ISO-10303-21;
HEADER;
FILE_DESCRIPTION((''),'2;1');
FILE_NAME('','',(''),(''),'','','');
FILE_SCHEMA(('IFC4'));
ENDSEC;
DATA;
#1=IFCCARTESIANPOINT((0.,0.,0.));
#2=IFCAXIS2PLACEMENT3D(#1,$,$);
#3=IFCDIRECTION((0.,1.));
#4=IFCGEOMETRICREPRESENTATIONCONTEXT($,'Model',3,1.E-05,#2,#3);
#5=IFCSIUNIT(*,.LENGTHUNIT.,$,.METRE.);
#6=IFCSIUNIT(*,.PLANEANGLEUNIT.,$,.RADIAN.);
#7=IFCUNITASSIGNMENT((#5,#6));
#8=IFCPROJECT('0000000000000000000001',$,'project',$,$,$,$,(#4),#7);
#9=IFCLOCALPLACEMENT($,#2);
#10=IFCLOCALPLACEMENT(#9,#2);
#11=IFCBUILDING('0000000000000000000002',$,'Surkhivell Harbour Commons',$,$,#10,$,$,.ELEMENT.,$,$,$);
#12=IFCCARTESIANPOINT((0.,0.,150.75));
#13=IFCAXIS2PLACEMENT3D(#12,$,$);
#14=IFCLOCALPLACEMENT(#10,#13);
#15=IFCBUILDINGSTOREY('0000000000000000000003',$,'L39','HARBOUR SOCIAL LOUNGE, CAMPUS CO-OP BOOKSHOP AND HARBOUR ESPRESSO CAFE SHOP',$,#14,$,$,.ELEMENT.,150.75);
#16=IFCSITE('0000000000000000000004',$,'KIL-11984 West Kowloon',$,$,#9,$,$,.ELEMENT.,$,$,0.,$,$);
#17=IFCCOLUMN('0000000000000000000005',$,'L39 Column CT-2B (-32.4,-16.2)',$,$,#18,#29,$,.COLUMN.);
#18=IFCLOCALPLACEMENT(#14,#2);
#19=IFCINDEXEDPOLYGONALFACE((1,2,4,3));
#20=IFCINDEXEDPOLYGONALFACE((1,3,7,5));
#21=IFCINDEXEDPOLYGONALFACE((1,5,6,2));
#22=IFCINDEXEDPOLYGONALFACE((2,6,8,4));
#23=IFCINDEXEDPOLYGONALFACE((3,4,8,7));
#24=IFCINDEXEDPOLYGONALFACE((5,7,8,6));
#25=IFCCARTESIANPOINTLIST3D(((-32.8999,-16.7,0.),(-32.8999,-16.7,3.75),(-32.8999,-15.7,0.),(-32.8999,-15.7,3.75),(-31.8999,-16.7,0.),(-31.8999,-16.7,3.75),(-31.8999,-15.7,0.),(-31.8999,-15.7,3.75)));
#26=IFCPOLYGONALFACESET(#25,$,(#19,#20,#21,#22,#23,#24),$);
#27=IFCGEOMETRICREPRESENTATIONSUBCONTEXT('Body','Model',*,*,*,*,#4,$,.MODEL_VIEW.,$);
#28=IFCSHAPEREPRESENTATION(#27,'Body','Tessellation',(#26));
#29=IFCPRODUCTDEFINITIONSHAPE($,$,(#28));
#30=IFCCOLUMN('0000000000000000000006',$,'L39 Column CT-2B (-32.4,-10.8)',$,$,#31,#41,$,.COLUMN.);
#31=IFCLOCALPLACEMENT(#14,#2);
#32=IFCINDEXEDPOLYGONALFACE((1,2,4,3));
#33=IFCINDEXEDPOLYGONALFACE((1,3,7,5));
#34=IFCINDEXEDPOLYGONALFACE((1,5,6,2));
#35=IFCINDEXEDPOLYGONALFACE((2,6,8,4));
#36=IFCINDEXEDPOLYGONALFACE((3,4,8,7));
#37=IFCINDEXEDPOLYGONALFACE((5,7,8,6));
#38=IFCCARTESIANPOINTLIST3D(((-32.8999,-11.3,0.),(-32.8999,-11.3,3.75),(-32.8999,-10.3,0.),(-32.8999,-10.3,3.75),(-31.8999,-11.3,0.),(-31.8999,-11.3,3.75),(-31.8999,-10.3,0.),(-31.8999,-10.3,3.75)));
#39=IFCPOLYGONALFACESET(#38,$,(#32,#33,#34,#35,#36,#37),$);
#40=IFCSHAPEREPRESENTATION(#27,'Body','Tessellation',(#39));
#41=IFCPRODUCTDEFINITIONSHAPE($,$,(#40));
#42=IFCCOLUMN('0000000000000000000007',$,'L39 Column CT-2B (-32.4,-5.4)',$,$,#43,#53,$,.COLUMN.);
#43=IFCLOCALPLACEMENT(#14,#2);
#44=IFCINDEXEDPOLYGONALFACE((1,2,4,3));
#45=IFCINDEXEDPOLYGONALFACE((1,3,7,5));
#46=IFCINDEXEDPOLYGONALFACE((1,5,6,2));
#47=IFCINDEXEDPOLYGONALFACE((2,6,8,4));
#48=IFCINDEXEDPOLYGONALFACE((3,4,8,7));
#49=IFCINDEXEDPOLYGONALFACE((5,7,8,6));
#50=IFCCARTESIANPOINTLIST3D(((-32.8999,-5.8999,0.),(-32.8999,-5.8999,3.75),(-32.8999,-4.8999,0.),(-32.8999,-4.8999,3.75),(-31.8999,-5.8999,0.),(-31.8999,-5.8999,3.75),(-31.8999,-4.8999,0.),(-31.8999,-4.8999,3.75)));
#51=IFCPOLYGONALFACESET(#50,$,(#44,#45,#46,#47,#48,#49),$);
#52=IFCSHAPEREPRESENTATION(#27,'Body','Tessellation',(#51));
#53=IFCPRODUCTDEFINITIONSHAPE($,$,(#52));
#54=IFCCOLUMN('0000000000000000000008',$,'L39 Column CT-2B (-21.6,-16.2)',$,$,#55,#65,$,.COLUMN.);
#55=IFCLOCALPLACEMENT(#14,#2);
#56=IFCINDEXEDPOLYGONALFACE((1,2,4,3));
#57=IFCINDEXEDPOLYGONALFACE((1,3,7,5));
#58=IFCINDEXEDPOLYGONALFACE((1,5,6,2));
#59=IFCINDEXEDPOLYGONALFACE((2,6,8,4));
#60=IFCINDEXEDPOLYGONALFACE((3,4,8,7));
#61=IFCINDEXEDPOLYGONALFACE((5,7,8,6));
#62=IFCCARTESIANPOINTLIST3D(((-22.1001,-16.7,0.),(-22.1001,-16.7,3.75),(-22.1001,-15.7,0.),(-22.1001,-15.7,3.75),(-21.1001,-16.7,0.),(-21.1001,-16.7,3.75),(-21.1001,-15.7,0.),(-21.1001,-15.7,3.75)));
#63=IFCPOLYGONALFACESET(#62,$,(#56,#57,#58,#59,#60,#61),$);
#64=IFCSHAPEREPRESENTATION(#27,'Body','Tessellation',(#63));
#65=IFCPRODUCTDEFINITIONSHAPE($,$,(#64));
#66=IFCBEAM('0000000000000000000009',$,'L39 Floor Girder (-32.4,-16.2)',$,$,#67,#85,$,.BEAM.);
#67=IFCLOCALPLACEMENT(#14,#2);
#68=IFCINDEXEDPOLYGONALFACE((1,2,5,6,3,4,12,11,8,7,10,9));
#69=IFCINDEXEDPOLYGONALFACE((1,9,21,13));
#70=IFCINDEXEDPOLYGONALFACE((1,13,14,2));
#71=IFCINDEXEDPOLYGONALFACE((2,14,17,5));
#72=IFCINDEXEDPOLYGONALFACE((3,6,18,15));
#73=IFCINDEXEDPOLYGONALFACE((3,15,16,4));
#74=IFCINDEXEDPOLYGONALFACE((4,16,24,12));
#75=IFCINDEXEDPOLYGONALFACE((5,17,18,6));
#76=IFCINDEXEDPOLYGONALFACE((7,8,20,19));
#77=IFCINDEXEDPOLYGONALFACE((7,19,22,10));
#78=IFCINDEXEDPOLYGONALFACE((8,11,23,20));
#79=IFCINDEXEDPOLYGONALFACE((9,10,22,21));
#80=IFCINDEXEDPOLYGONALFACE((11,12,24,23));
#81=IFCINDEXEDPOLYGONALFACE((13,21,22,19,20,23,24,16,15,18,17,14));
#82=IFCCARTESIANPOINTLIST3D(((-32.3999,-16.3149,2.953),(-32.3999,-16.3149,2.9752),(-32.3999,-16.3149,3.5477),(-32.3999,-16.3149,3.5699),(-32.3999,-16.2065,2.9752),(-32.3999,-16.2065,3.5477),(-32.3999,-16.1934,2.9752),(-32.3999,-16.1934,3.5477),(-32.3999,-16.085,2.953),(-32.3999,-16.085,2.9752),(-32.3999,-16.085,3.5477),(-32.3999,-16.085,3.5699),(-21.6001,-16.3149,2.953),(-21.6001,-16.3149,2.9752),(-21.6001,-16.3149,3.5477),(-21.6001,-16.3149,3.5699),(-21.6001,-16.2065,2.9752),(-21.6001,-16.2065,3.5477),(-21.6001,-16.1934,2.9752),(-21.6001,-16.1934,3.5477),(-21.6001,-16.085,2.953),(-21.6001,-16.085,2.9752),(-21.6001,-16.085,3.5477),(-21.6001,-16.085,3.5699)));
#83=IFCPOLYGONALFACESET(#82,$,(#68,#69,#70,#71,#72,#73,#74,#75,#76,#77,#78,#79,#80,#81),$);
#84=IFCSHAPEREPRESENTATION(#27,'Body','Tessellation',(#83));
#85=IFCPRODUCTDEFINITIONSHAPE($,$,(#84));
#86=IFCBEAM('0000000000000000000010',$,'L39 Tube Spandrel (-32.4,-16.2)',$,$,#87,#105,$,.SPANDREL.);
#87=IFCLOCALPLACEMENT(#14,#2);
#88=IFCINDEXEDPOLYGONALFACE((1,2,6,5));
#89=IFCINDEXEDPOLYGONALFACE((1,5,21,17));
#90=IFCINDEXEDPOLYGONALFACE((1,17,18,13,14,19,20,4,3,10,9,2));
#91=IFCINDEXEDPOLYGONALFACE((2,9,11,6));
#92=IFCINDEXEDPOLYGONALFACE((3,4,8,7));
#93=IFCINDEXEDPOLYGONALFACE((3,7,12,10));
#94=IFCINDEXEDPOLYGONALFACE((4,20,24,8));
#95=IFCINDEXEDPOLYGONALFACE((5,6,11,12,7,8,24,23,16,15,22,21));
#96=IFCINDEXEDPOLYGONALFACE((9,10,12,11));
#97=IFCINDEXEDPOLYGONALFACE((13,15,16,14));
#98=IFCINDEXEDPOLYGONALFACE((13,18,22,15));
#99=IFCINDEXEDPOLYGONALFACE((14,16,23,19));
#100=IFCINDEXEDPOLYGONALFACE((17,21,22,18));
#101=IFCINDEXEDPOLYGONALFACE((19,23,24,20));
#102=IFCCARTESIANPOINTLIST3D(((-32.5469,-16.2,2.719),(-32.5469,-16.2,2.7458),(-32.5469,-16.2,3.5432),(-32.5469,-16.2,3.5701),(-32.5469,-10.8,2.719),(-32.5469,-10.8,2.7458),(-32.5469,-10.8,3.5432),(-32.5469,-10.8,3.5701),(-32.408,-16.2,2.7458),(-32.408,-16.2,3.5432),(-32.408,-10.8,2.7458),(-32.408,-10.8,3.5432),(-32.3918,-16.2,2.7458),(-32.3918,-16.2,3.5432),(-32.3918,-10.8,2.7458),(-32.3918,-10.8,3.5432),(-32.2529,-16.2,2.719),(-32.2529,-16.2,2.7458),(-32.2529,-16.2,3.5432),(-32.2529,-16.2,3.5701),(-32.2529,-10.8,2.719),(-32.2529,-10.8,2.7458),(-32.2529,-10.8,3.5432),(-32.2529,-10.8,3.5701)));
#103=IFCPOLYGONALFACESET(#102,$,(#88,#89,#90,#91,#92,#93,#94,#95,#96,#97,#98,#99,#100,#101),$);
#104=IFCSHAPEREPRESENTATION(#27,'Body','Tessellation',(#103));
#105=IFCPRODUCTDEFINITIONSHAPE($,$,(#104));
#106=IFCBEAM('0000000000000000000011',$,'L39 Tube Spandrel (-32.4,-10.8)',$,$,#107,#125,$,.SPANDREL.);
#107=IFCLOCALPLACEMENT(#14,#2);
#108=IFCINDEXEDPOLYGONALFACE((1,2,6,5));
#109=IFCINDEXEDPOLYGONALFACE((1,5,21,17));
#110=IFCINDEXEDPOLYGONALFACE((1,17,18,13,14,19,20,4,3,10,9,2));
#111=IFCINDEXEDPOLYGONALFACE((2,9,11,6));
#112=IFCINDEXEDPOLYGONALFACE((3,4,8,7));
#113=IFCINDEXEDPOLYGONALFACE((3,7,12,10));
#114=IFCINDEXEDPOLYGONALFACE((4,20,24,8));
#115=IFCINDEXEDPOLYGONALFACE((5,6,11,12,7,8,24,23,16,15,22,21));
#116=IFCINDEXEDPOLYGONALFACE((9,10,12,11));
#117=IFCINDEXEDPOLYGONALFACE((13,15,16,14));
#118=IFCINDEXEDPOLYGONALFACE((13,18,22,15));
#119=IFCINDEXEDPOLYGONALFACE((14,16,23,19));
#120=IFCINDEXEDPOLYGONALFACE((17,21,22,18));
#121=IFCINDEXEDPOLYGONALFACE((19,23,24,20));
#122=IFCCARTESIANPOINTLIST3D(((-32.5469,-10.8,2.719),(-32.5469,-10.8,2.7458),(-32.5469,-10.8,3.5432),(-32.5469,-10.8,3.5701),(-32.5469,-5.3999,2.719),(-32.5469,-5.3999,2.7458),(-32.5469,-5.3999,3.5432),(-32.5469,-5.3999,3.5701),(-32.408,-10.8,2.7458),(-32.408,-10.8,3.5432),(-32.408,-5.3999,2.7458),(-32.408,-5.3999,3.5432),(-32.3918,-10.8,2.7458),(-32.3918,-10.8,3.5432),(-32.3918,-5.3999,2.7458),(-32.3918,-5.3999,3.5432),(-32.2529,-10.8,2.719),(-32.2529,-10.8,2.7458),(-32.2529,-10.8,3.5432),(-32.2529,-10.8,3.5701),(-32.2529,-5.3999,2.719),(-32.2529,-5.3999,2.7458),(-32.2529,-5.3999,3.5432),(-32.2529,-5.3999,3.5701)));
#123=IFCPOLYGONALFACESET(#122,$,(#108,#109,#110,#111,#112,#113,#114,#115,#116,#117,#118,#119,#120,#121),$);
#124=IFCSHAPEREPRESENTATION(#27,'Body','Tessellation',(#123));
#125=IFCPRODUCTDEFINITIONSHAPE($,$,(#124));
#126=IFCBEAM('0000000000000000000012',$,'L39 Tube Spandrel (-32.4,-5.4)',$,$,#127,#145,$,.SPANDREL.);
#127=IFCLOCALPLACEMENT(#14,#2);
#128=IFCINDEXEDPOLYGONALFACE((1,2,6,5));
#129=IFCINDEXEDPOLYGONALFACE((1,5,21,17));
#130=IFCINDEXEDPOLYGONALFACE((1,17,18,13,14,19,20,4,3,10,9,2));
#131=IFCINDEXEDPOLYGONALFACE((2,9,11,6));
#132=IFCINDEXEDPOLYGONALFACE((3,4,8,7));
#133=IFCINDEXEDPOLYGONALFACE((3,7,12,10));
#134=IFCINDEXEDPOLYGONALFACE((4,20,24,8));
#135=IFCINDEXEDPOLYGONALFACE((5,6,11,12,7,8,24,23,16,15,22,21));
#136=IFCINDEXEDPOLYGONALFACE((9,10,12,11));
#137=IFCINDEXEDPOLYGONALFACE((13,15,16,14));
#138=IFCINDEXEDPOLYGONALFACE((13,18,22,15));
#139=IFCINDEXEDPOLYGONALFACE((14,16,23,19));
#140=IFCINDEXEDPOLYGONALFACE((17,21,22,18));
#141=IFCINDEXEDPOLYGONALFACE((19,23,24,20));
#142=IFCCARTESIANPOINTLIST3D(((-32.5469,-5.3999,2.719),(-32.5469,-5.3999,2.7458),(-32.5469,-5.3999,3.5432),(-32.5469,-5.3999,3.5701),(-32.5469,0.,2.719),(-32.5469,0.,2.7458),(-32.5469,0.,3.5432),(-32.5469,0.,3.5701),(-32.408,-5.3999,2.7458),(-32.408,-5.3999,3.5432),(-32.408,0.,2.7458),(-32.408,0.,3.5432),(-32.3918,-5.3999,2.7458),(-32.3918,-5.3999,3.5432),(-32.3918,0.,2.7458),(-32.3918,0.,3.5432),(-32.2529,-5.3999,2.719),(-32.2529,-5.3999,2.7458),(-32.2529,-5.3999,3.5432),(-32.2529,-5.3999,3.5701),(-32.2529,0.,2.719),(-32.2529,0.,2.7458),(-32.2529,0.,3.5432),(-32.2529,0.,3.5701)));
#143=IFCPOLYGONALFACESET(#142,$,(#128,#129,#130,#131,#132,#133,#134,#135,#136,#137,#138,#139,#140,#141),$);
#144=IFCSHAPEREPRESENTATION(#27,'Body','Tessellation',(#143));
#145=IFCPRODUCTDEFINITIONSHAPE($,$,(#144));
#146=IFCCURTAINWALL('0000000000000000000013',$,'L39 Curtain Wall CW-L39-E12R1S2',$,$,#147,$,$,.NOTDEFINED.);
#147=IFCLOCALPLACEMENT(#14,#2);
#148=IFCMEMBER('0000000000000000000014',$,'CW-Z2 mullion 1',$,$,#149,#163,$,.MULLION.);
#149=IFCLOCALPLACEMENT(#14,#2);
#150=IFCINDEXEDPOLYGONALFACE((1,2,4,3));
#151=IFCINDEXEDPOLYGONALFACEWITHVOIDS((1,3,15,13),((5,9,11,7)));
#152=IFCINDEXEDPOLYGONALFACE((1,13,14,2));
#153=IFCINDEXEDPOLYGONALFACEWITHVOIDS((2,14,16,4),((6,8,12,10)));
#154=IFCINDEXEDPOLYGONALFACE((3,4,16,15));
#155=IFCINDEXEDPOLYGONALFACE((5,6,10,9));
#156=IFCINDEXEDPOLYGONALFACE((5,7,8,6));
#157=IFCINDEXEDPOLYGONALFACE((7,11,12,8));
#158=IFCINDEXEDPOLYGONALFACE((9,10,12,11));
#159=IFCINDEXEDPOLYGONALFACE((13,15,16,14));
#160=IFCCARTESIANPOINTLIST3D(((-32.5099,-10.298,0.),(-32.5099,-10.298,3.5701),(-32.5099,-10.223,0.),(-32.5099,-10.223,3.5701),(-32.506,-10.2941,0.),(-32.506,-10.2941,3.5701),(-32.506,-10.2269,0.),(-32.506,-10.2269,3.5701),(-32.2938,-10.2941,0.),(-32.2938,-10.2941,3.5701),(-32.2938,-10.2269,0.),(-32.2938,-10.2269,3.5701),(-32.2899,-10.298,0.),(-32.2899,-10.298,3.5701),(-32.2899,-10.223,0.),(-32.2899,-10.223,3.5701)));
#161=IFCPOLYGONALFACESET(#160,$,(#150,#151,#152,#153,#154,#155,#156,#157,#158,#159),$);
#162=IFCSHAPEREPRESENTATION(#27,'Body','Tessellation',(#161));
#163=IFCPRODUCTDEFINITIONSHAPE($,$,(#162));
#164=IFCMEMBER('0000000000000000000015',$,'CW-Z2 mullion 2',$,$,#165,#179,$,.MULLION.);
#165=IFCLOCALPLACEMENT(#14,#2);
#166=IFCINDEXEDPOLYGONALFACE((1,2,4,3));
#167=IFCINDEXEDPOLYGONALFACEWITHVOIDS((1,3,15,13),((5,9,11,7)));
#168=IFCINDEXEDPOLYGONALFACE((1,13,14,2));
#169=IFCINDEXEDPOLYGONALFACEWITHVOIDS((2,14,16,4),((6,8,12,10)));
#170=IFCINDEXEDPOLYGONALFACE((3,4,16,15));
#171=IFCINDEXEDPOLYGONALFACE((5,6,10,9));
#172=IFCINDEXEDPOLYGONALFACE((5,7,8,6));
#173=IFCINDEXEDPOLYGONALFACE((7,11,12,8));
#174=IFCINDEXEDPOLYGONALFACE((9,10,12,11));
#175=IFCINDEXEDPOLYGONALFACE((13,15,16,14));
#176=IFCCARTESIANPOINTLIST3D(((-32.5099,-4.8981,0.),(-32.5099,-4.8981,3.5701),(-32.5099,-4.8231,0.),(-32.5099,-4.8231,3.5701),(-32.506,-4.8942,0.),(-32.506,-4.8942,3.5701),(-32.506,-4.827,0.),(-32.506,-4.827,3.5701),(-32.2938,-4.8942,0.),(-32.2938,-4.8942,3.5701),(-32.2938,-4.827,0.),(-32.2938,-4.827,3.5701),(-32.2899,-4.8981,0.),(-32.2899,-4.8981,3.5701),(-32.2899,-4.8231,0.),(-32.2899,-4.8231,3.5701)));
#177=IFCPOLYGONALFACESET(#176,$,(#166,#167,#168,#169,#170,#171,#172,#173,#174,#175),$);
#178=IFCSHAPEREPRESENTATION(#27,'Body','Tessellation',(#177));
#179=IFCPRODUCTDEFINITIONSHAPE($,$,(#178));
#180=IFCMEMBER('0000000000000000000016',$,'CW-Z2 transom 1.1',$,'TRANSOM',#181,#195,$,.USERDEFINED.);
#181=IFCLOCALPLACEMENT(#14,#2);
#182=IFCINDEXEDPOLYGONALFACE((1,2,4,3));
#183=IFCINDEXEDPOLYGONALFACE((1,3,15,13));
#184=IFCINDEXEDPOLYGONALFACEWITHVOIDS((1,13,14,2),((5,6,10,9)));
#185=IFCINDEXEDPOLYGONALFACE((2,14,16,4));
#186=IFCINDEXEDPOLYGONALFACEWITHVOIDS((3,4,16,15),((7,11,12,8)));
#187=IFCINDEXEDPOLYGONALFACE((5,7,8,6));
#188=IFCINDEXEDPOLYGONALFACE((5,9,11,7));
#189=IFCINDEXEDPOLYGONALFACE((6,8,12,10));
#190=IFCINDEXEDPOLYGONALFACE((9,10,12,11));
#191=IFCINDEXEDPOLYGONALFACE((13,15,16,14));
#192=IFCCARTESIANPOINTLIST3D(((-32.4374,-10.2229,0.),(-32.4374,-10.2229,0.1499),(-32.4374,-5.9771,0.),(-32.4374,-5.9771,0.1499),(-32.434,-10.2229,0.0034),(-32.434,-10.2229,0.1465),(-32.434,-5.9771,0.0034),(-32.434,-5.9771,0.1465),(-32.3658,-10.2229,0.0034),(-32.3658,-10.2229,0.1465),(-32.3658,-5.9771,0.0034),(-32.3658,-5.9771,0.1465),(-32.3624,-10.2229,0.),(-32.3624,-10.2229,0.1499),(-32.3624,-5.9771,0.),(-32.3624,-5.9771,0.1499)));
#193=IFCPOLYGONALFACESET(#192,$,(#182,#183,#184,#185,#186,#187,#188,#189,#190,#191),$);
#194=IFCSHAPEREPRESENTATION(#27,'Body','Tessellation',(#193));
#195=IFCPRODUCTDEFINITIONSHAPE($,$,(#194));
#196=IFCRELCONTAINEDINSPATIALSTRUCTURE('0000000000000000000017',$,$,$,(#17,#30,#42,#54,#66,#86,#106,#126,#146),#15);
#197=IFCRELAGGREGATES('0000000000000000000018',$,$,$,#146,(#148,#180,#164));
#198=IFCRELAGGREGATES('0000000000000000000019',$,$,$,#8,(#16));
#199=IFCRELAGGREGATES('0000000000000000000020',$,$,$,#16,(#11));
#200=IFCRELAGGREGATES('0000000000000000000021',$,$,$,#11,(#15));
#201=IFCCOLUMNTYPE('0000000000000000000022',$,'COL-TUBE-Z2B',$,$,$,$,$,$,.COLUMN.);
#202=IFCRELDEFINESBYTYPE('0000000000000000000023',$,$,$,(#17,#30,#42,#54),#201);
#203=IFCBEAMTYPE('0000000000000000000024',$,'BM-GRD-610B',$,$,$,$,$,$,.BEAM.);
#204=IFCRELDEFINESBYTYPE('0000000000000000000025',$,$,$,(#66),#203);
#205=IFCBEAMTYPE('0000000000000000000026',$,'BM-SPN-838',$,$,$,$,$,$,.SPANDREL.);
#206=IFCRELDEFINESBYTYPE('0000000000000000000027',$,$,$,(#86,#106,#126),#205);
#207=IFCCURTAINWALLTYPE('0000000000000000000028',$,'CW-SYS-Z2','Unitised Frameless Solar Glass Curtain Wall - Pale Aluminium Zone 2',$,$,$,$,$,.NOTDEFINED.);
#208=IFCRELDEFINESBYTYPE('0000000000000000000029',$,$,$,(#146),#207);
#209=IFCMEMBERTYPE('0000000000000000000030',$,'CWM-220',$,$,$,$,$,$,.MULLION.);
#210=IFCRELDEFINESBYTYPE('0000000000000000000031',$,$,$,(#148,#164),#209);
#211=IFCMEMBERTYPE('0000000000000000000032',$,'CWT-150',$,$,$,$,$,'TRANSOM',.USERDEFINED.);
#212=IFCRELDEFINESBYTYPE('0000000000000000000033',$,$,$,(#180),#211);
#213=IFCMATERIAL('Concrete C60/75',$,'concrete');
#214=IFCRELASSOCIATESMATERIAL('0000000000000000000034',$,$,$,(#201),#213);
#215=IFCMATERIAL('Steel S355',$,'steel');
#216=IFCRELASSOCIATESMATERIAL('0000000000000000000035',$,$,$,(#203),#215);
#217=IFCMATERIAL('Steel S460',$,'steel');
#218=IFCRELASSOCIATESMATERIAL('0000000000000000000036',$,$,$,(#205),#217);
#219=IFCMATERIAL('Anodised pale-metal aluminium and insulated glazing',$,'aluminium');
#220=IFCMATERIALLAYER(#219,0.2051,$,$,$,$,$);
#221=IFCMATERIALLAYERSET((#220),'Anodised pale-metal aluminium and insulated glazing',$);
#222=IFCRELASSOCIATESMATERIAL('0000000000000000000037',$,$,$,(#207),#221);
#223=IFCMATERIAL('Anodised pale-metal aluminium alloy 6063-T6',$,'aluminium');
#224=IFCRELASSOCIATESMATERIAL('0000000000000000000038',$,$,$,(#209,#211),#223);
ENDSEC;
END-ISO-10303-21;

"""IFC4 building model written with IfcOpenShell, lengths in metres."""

from ifc_helpers import new_model, si_unit, direction, frame, origin, origin_2d, place, context, subcontext, project, spatial, rectangle, hollow_rectangle, i_section, extrude, material, layer, layer_set, material_profile, profile_set, type_object, element, aggregate, save


model = new_model("IFC4")

# Units and contexts
model_context = context("Model", 3, precision=1e-05, world=origin(), true_north=direction((0.0, 1.0)))
body_context = subcontext(model_context, "Body", "Model", "MODEL_VIEW")
ifc_project = project(units=[si_unit("LENGTHUNIT", "METRE"), si_unit("PLANEANGLEUNIT", "RADIAN")], contexts=[model_context])

# Site, building, storey
site_placement = place(None, origin())
site = spatial("IfcSite", under=ifc_project, at=site_placement, Name="KIL-11984 West Kowloon", CompositionType="ELEMENT", RefElevation=0.0)
building_placement = place(site_placement, origin())
building = spatial("IfcBuilding", under=site, at=building_placement, Name="Surkhivell Harbour Commons", CompositionType="ELEMENT")
storey_placement = place(building_placement, frame((0.0, 0.0, 150.75)))
storey = spatial("IfcBuildingStorey", under=building, at=storey_placement, Name="L39", Description="HARBOUR SOCIAL LOUNGE, CAMPUS CO-OP BOOKSHOP AND HARBOUR ESPRESSO CAFE SHOP", CompositionType="ELEMENT", Elevation=150.75)

# Columns
ifc_material_1 = material(Name="Concrete C60/75", Category="concrete")
ifc_material_profile_1 = material_profile(ifc_material_1, rectangle(XDim=1.0, YDim=1.0, at=origin_2d()), Name="RC-COL-1000x1000")
ifc_profile_set_1 = profile_set([ifc_material_profile_1], Name="Concrete C60/75")
column_type = type_object("IfcColumnType", Name="COL-TUBE-Z2B", PredefinedType="COLUMN", material=ifc_profile_set_1)
for number, where, z_axis, x_axis, name in (
    (1, (-32.3999, -16.2, 0.0), (0.0, 0.0, 1.0), (1.0, 0.0, 0.0), "L39 Column CT-2B (-32.4,-16.2)"),
    (2, (-32.3999, -10.8, 0.0), (0.0, 0.0, 1.0), (1.0, 0.0, 0.0), "L39 Column CT-2B (-32.4,-10.8)"),
    (3, (-32.3999, -5.3999, 0.0), (0.0, 0.0, 1.0), (1.0, 0.0, 0.0), "L39 Column CT-2B (-32.4,-5.4)"),
    (4, (-21.6001, -16.2, 0.0), (0.0, 0.0, 1.0), (1.0, 0.0, 0.0), "L39 Column CT-2B (-21.6,-16.2)"),
):
    element("IfcColumn", number, at=place(storey_placement, frame(where, z_axis=z_axis, x_axis=x_axis)), inside=storey, type_object=column_type, Name=name, PredefinedType="COLUMN", context=body_context, shape_type="SweptSolid", body=[
        extrude(rectangle(XDim=1.0, YDim=1.0, at=origin_2d()), origin(), (0.0, 0.0, 1.0), 3.75),
    ])

# Beams
ifc_material_2 = material(Name="Steel S355", Category="steel")
ifc_material_profile_2 = material_profile(ifc_material_2, i_section(OverallWidth=0.23, OverallDepth=0.6169, WebThickness=0.0132, FlangeThickness=0.0222, at=origin_2d()), Name="UB610x229x140")
ifc_profile_set_2 = profile_set([ifc_material_profile_2], Name="Steel S355")
beam_type_1 = type_object("IfcBeamType", Name="BM-GRD-610B", PredefinedType="BEAM", material=ifc_profile_set_2)
beam_1_placement = place(storey_placement, frame((-32.3999, -16.2, 3.2615), z_axis=(1.0, 0.0, 0.0), x_axis=(0.0, 1.0, 0.0)))
element("IfcBeam", 5, at=beam_1_placement, inside=storey, type_object=beam_type_1, Name="L39 Floor Girder (-32.4,-16.2)", PredefinedType="BEAM", context=body_context, shape_type="SweptSolid", body=[
    extrude(i_section(OverallWidth=0.23, OverallDepth=0.6169, WebThickness=0.0132, FlangeThickness=0.0222, at=origin_2d()), origin(), (0.0, 0.0, 1.0), 10.7998),
])
ifc_material_3 = material(Name="Steel S460", Category="steel")
ifc_material_profile_3 = material_profile(ifc_material_3, i_section(OverallWidth=0.2939, OverallDepth=0.8511, WebThickness=0.0161, FlangeThickness=0.0269, at=origin_2d()), Name="UB838x292x226")
ifc_profile_set_3 = profile_set([ifc_material_profile_3], Name="Steel S460")
beam_type_2 = type_object("IfcBeamType", Name="BM-SPN-838", PredefinedType="SPANDREL", material=ifc_profile_set_3)
beam_2_placement = place(storey_placement, frame((-32.3999, -16.2, 3.1445), z_axis=(0.0, 1.0, 0.0), x_axis=(-1.0, 0.0, 0.0)))
element("IfcBeam", 6, at=beam_2_placement, inside=storey, type_object=beam_type_2, Name="L39 Tube Spandrel (-32.4,-16.2)", PredefinedType="SPANDREL", context=body_context, shape_type="SweptSolid", body=[
    extrude(i_section(OverallWidth=0.2939, OverallDepth=0.8511, WebThickness=0.0161, FlangeThickness=0.0269, at=origin_2d()), origin(), (0.0, 0.0, 1.0), 5.3999),
])
beam_3_placement = place(storey_placement, frame((-32.3999, -10.8, 3.1445), z_axis=(0.0, 1.0, 0.0), x_axis=(-1.0, 0.0, 0.0)))
element("IfcBeam", 7, at=beam_3_placement, inside=storey, type_object=beam_type_2, Name="L39 Tube Spandrel (-32.4,-10.8)", PredefinedType="SPANDREL", context=body_context, shape_type="SweptSolid", body=[
    extrude(i_section(OverallWidth=0.2939, OverallDepth=0.8511, WebThickness=0.0161, FlangeThickness=0.0269, at=origin_2d()), origin(), (0.0, 0.0, 1.0), 5.4001),
])
beam_4_placement = place(storey_placement, frame((-32.3999, -5.3999, 3.1445), z_axis=(0.0, 1.0, 0.0), x_axis=(-1.0, 0.0, 0.0)))
element("IfcBeam", 8, at=beam_4_placement, inside=storey, type_object=beam_type_2, Name="L39 Tube Spandrel (-32.4,-5.4)", PredefinedType="SPANDREL", context=body_context, shape_type="SweptSolid", body=[
    extrude(i_section(OverallWidth=0.2939, OverallDepth=0.8511, WebThickness=0.0161, FlangeThickness=0.0269, at=origin_2d()), origin(), (0.0, 0.0, 1.0), 5.3999),
])

# Curtain wall, members
ifc_material_4 = material(Name="Anodised pale-metal aluminium and insulated glazing", Category="aluminium")
ifc_layer_1 = layer(ifc_material_4, 0.2051)
ifc_layer_set_1 = layer_set([ifc_layer_1], Name="Anodised pale-metal aluminium and insulated glazing")
curtain_wall_type = type_object("IfcCurtainWallType", Name="CW-SYS-Z2", Description="Unitised Frameless Solar Glass Curtain Wall - Pale Aluminium Zone 2", PredefinedType="NOTDEFINED", material=ifc_layer_set_1)
curtain_wall_placement = place(storey_placement, origin())
curtain_wall = element("IfcCurtainWall", 9, at=curtain_wall_placement, inside=storey, type_object=curtain_wall_type, Name="L39 Curtain Wall CW-L39-E12R1S2", PredefinedType="NOTDEFINED")
ifc_material_5 = material(Name="Anodised pale-metal aluminium alloy 6063-T6", Category="aluminium")
ifc_material_profile_4 = material_profile(ifc_material_5, hollow_rectangle(XDim=0.075, YDim=0.22, WallThickness=0.0039, at=origin_2d()), Name="ALU-MULL-75x220")
ifc_profile_set_4 = profile_set([ifc_material_profile_4], Name="Anodised pale-metal aluminium alloy 6063-T6")
member_type_1 = type_object("IfcMemberType", Name="CWM-220", PredefinedType="MULLION", material=ifc_profile_set_4)
member_1_placement = place(storey_placement, frame((-32.3999, -10.2605, 0.0), z_axis=(0.0, 0.0, 1.0), x_axis=(0.0, 1.0, 0.0)))
member_1 = element("IfcMember", 10, at=member_1_placement, type_object=member_type_1, Name="CW-Z2 mullion 1", PredefinedType="MULLION", context=body_context, shape_type="SweptSolid", body=[
    extrude(hollow_rectangle(XDim=0.075, YDim=0.22, WallThickness=0.0039, at=origin_2d()), origin(), (0.0, 0.0, 1.0), 3.5701),
])
member_2_placement = place(storey_placement, frame((-32.3999, -4.8606, 0.0), z_axis=(0.0, 0.0, 1.0), x_axis=(0.0, 1.0, 0.0)))
member_2 = element("IfcMember", 11, at=member_2_placement, type_object=member_type_1, Name="CW-Z2 mullion 2", PredefinedType="MULLION", context=body_context, shape_type="SweptSolid", body=[
    extrude(hollow_rectangle(XDim=0.075, YDim=0.22, WallThickness=0.0039, at=origin_2d()), origin(), (0.0, 0.0, 1.0), 3.5701),
])
ifc_material_profile_5 = material_profile(ifc_material_5, hollow_rectangle(XDim=0.075, YDim=0.1499, WallThickness=0.0034, at=origin_2d()), Name="ALU-TRAN-75x150")
ifc_profile_set_5 = profile_set([ifc_material_profile_5], Name="Anodised pale-metal aluminium alloy 6063-T6")
member_type_2 = type_object("IfcMemberType", Name="CWT-150", ElementType="TRANSOM", PredefinedType="USERDEFINED", material=ifc_profile_set_5)
member_3_placement = place(storey_placement, frame((-32.3999, -10.2229, 0.075), z_axis=(0.0, 1.0, 0.0), x_axis=(-1.0, 0.0, 0.0)))
member_3 = element("IfcMember", 12, at=member_3_placement, type_object=member_type_2, Name="CW-Z2 transom 1.1", ObjectType="TRANSOM", PredefinedType="USERDEFINED", context=body_context, shape_type="SweptSolid", body=[
    extrude(hollow_rectangle(XDim=0.075, YDim=0.1499, WallThickness=0.0034, at=origin_2d()), origin(), (0.0, 0.0, 1.0), 4.2458),
])

aggregate(curtain_wall, [member_1, member_3, member_2])

save(model, "model.ifc")
